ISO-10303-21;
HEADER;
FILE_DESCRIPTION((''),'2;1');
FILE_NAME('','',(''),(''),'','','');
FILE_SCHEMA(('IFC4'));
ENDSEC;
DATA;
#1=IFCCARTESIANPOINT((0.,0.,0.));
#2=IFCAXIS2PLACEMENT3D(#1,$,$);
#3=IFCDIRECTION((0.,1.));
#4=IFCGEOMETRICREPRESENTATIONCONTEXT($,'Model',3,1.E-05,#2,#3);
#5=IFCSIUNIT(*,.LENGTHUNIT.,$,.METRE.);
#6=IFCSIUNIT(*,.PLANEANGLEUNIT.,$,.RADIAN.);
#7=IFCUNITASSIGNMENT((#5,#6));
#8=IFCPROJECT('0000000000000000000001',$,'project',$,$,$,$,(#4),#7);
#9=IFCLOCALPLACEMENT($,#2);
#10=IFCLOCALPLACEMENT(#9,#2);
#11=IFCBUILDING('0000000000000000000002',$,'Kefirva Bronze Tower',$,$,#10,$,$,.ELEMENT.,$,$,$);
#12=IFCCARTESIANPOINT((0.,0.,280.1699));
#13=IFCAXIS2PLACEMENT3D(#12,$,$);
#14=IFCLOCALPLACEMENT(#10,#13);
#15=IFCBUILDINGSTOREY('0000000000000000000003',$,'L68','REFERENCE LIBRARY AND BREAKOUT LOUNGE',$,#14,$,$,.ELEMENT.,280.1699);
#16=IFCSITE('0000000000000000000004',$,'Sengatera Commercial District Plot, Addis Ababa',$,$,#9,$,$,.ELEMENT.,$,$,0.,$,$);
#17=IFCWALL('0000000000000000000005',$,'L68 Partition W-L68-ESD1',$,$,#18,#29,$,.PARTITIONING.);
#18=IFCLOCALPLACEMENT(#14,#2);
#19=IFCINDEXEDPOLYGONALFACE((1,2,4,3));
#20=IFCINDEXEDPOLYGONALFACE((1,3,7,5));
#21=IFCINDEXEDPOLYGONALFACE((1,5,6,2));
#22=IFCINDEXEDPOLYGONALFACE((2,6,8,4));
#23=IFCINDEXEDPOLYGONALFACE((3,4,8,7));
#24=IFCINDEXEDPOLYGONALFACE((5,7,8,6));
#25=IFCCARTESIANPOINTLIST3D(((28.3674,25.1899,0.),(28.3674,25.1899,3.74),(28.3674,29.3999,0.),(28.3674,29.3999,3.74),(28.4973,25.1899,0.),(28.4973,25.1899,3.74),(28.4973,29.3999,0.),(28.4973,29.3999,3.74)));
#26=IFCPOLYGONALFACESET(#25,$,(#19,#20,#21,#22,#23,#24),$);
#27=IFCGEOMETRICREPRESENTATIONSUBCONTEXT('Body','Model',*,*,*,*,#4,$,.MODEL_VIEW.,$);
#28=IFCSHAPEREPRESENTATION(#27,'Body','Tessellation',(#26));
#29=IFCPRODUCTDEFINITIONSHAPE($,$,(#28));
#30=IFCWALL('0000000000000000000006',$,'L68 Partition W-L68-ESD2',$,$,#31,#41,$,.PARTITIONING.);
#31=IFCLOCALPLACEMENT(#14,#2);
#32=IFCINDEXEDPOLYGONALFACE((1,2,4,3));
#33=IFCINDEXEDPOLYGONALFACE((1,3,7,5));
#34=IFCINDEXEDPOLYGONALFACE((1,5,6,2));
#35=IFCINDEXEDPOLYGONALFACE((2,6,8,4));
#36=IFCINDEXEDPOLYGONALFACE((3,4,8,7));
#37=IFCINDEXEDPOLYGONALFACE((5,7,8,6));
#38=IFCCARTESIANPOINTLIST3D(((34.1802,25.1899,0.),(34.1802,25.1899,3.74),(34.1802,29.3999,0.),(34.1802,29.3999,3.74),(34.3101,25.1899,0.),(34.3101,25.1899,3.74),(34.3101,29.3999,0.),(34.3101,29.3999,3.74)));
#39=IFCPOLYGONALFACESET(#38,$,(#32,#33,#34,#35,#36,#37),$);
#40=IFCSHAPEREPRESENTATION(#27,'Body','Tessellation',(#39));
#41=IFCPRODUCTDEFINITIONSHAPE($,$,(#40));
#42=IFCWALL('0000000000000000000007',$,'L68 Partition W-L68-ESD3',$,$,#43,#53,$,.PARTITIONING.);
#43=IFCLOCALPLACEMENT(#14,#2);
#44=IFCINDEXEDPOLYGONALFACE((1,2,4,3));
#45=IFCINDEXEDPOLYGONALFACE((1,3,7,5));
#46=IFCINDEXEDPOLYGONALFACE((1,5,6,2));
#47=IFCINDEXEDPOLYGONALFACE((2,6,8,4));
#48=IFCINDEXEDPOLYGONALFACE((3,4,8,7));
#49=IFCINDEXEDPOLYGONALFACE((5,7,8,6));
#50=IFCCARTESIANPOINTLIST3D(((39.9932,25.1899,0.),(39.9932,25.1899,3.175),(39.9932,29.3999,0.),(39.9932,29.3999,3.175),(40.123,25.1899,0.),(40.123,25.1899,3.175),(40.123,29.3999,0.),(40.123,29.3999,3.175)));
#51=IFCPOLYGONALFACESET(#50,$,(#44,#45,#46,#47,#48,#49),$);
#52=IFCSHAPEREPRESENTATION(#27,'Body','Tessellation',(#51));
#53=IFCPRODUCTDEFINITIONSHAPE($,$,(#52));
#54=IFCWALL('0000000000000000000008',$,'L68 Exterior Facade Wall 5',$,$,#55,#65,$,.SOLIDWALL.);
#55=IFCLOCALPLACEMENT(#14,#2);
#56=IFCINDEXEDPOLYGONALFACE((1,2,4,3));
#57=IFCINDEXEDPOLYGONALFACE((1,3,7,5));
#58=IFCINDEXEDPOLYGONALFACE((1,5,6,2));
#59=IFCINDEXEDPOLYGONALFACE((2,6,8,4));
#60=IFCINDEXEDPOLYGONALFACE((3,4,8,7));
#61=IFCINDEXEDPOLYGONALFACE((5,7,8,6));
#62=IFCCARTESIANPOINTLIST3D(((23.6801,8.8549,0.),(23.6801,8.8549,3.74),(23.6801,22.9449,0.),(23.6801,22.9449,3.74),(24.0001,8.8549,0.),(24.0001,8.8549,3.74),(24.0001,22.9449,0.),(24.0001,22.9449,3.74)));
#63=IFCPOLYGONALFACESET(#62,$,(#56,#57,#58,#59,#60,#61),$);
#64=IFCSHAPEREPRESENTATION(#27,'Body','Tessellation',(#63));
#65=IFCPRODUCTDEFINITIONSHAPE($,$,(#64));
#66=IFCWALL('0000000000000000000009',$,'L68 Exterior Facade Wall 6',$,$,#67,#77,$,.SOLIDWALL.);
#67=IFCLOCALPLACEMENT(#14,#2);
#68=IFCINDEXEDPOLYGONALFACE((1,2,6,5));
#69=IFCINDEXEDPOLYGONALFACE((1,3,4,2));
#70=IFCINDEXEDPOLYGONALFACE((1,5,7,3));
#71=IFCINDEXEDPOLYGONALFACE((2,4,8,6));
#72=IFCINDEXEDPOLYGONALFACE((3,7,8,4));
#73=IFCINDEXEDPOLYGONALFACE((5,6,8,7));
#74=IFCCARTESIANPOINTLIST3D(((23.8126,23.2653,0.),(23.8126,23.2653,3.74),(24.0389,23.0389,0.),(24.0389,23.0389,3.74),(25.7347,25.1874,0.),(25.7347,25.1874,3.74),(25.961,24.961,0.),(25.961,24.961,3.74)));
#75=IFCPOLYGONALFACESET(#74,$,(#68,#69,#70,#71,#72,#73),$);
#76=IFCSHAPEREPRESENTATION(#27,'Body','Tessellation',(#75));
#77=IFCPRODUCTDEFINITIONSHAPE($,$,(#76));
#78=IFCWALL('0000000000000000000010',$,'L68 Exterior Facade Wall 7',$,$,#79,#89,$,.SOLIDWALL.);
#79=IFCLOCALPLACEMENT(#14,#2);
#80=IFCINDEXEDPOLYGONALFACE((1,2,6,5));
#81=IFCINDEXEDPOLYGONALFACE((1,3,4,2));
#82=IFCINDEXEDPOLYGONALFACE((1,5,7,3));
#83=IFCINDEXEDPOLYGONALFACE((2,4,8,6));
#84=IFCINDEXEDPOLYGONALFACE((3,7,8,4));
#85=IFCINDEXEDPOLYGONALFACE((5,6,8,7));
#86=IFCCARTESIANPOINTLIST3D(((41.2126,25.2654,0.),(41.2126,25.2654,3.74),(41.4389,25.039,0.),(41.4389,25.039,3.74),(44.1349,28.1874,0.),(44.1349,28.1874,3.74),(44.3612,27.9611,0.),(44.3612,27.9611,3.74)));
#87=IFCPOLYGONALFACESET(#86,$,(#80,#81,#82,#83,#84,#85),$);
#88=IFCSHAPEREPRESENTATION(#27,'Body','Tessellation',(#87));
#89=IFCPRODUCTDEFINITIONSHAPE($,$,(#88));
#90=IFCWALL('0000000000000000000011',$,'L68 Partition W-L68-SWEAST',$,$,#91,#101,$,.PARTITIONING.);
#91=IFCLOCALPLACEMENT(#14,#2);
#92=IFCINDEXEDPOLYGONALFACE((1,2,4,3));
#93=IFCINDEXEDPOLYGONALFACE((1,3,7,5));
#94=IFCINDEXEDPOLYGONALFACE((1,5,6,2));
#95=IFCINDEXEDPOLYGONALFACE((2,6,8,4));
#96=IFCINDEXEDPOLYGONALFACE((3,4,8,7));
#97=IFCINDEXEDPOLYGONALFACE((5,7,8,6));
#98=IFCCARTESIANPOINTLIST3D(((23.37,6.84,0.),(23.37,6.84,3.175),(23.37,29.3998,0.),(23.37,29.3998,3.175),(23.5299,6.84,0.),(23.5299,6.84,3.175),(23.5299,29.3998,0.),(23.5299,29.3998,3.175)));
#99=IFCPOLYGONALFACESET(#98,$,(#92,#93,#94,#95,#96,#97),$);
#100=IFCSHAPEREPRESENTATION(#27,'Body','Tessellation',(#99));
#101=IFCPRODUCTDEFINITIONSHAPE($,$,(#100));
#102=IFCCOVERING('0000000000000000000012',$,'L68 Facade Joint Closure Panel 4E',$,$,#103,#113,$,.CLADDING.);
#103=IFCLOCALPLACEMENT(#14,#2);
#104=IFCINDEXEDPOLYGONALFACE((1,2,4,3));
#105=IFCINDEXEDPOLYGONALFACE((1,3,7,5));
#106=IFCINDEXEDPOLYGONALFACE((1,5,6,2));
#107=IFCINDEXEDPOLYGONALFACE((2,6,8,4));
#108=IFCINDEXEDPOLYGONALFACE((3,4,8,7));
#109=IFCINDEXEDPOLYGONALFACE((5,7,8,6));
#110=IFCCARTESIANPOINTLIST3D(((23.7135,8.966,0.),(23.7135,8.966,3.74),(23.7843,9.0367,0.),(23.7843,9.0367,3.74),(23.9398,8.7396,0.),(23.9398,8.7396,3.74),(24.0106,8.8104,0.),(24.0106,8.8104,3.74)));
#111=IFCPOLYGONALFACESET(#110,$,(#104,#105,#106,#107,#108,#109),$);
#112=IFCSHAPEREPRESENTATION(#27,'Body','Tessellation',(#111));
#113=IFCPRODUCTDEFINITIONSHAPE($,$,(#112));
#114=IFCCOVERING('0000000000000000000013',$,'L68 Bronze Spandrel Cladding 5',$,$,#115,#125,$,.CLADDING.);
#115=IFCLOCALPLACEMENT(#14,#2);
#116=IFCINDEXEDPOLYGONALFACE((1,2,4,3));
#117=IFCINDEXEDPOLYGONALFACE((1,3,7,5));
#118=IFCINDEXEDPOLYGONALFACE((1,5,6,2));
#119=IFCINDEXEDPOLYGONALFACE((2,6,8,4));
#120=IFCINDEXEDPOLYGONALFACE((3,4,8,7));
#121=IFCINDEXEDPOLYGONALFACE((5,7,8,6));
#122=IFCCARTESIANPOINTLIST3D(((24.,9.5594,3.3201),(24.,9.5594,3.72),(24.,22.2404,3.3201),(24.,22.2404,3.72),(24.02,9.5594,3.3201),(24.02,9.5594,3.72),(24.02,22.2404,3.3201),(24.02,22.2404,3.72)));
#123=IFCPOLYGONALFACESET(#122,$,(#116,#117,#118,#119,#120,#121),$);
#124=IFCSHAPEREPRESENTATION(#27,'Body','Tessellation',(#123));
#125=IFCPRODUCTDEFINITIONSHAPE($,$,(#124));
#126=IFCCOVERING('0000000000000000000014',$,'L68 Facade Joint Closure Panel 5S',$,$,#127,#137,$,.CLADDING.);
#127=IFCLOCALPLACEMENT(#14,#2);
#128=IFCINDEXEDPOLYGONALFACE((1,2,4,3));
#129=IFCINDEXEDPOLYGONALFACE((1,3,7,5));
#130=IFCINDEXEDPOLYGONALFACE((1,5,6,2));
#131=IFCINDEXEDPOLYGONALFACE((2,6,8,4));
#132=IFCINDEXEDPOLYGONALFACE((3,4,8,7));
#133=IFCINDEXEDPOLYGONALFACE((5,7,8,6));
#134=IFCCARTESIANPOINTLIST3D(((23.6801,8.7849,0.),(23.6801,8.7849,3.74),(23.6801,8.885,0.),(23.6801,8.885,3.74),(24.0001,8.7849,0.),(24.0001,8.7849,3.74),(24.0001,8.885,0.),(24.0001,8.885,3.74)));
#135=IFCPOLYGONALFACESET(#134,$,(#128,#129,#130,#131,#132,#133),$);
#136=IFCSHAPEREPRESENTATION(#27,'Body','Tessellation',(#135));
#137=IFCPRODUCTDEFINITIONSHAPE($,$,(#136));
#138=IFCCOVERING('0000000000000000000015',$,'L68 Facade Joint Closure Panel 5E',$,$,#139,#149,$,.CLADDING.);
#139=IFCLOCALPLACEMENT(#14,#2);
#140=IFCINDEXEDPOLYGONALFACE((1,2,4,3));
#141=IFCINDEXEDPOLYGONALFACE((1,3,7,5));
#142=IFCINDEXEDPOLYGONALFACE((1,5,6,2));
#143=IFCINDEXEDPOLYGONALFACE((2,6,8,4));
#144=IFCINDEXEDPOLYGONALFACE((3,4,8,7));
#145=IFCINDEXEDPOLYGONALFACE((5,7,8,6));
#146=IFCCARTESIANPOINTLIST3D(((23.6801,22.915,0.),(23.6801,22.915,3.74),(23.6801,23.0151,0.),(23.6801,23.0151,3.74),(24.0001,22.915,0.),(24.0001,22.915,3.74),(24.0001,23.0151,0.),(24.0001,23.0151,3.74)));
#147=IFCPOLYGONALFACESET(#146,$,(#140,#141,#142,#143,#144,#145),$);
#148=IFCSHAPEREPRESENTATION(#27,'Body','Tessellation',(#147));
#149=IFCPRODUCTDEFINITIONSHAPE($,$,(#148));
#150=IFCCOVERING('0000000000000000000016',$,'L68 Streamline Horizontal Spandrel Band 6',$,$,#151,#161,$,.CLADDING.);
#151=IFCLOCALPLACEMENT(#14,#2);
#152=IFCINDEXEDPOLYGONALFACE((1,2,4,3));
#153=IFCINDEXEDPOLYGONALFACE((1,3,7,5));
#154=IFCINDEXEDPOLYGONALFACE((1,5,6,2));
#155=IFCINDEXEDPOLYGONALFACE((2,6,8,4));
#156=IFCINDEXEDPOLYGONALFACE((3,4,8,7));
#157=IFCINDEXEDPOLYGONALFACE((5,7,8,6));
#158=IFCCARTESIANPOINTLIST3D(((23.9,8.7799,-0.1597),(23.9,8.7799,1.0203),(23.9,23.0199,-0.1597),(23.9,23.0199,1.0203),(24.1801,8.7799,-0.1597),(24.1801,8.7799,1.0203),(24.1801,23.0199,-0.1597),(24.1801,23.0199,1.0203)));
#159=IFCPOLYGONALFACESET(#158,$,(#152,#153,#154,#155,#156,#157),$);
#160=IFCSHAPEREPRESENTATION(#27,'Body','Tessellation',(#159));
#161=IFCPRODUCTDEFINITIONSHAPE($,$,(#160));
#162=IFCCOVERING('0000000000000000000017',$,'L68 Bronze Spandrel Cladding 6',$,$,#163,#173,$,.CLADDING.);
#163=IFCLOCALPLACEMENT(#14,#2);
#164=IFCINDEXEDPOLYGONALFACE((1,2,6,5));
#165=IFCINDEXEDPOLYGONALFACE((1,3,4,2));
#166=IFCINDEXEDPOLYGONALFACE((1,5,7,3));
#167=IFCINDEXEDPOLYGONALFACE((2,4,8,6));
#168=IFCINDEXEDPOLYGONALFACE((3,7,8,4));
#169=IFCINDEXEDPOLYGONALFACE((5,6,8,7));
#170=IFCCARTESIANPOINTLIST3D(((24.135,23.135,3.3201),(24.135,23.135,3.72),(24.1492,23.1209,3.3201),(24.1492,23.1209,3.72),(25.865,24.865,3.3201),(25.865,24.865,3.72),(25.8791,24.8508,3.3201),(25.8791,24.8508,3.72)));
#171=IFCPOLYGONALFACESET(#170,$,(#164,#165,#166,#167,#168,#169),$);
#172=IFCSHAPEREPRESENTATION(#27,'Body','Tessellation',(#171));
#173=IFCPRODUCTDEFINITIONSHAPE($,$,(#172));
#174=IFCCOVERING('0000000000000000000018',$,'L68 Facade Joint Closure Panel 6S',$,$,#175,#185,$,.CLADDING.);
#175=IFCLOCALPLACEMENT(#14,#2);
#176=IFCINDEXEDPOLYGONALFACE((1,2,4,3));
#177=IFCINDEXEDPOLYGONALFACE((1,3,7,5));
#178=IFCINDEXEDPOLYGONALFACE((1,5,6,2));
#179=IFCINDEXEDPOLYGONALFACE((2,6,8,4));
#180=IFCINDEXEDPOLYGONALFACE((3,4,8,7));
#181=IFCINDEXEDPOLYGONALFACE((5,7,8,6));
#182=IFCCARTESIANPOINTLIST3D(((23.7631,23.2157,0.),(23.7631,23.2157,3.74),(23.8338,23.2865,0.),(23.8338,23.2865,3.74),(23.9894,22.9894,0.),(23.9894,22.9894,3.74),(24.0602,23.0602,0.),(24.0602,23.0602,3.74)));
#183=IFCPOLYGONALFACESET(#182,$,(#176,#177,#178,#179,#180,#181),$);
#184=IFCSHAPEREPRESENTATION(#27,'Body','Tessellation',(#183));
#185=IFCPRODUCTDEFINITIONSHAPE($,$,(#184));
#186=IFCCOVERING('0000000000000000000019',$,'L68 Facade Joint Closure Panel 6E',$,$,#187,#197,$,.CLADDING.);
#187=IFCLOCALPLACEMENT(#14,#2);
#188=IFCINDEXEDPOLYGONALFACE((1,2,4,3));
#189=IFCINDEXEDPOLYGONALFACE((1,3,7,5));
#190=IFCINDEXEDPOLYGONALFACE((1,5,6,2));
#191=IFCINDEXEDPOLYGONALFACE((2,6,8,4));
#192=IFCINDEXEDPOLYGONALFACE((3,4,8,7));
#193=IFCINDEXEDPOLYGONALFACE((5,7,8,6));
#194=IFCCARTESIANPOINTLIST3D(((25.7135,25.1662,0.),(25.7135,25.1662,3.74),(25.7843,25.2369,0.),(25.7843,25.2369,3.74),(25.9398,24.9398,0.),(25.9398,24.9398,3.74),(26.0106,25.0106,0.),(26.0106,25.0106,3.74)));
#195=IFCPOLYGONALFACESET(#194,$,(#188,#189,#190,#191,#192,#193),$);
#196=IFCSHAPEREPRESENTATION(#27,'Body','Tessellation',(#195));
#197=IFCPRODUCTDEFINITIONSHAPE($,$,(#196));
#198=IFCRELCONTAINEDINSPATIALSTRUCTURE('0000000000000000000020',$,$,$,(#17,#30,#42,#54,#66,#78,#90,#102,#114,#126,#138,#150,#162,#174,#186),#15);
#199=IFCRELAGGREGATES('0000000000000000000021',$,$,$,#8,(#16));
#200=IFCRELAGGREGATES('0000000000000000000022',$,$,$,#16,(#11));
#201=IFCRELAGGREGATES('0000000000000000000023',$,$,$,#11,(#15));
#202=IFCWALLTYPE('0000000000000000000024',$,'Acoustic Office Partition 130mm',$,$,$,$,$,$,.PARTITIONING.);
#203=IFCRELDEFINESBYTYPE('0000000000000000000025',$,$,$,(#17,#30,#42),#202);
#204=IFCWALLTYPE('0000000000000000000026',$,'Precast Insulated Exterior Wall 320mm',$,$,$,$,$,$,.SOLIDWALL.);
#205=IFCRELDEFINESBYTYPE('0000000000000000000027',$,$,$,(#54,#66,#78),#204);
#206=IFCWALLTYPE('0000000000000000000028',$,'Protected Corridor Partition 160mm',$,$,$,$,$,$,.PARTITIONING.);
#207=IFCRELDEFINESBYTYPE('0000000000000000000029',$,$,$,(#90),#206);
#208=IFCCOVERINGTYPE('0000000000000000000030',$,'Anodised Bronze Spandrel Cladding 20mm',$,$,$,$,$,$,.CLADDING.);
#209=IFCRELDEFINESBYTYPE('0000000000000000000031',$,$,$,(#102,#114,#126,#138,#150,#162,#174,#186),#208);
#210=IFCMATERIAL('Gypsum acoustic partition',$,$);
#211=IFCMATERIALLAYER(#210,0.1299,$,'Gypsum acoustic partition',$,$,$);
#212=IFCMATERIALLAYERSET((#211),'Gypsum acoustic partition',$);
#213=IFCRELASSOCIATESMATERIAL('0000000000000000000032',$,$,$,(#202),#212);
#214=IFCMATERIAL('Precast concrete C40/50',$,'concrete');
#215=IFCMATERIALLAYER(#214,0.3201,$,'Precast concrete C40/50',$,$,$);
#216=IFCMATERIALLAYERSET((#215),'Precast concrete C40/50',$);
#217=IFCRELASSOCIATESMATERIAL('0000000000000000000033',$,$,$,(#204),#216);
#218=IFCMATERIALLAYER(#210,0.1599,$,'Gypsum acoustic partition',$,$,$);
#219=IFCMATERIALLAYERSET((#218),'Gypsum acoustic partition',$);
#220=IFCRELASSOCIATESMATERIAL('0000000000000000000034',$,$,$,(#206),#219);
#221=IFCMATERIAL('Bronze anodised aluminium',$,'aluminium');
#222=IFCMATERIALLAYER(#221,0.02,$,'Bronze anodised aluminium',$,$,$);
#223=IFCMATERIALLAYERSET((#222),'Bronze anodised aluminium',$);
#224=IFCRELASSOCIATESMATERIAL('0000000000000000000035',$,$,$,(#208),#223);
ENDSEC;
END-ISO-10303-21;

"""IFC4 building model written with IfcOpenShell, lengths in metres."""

from ifc_helpers import new_model, si_unit, direction, frame, frame_2d, origin, origin_2d, place, context, subcontext, project, spatial, rectangle, extrude, material, layer, layer_set, type_object, element, save


model = new_model("IFC4")

# Units and contexts
model_context = context("Model", 3, precision=1e-05, world=origin(), true_north=direction((0.0, 1.0)))
body_context = subcontext(model_context, "Body", "Model", "MODEL_VIEW")
ifc_project = project(units=[si_unit("LENGTHUNIT", "METRE"), si_unit("PLANEANGLEUNIT", "RADIAN")], contexts=[model_context])

# Site, building, storey
site_placement = place(None, origin())
site = spatial("IfcSite", under=ifc_project, at=site_placement, Name="Sengatera Commercial District Plot, Addis Ababa", CompositionType="ELEMENT", RefElevation=0.0)
building_placement = place(site_placement, origin())
building = spatial("IfcBuilding", under=site, at=building_placement, Name="Kefirva Bronze Tower", CompositionType="ELEMENT")
storey_placement = place(building_placement, frame((0.0, 0.0, 280.1699)))
storey = spatial("IfcBuildingStorey", under=building, at=storey_placement, Name="L68", Description="REFERENCE LIBRARY AND BREAKOUT LOUNGE", CompositionType="ELEMENT", Elevation=280.1699)

# Shared definitions
ifc_material_1 = material(Name="Bronze anodised aluminium", Category="aluminium")

# Walls
ifc_material_2 = material(Name="Gypsum acoustic partition")
ifc_layer_1 = layer(ifc_material_2, 0.1299, Name="Gypsum acoustic partition")
ifc_layer_set_1 = layer_set([ifc_layer_1], Name="Gypsum acoustic partition")
wall_type_1 = type_object("IfcWallType", Name="Acoustic Office Partition 130mm", PredefinedType="PARTITIONING", material=ifc_layer_set_1)
for number, where, z_axis, x_axis, name in (
    (1, (28.4324, 25.1899, 0.0), (0.0, 0.0, 1.0), (0.0, 1.0, 0.0), "L68 Partition W-L68-ESD1"),
    (2, (34.2451, 25.1899, 0.0), (0.0, 0.0, 1.0), (0.0, 1.0, 0.0), "L68 Partition W-L68-ESD2"),
):
    element("IfcWall", number, at=place(storey_placement, frame(where, z_axis=z_axis, x_axis=x_axis)), inside=storey, type_object=wall_type_1, Name=name, PredefinedType="PARTITIONING", context=body_context, shape_type="SweptSolid", body=[
        extrude(rectangle(XDim=4.21, YDim=0.1299, at=frame_2d((2.105, 0.0))), origin(), (0.0, 0.0, 1.0), 3.74),
    ])
wall_1_placement = place(storey_placement, frame((40.0581, 25.1899, 0.0), z_axis=(0.0, 0.0, 1.0), x_axis=(0.0, 1.0, 0.0)))
element("IfcWall", 3, at=wall_1_placement, inside=storey, type_object=wall_type_1, Name="L68 Partition W-L68-ESD3", PredefinedType="PARTITIONING", context=body_context, shape_type="SweptSolid", body=[
    extrude(rectangle(XDim=4.21, YDim=0.1299, at=frame_2d((2.105, 0.0))), origin(), (0.0, 0.0, 1.0), 3.175),
])
ifc_material_3 = material(Name="Precast concrete C40/50", Category="concrete")
ifc_layer_2 = layer(ifc_material_3, 0.3201, Name="Precast concrete C40/50")
ifc_layer_set_2 = layer_set([ifc_layer_2], Name="Precast concrete C40/50")
wall_type_2 = type_object("IfcWallType", Name="Precast Insulated Exterior Wall 320mm", PredefinedType="SOLIDWALL", material=ifc_layer_set_2)
wall_2_placement = place(storey_placement, frame((23.8401, 8.855, 0.0), z_axis=(0.0, 0.0, 1.0), x_axis=(0.0, 1.0, 0.0)))
element("IfcWall", 4, at=wall_2_placement, inside=storey, type_object=wall_type_2, Name="L68 Exterior Facade Wall 5", PredefinedType="SOLIDWALL", context=body_context, shape_type="SweptSolid", body=[
    extrude(rectangle(XDim=14.0901, YDim=0.3201, at=frame_2d((7.0449, 0.0))), origin(), (0.0, 0.0, 1.0), 3.74),
])
wall_3_placement = place(storey_placement, frame((23.9258, 23.1521, 0.0), z_axis=(0.0, 0.0, 1.0), x_axis=(0.707107, 0.707107, 0.0)))
element("IfcWall", 5, at=wall_3_placement, inside=storey, type_object=wall_type_2, Name="L68 Exterior Facade Wall 6", PredefinedType="SOLIDWALL", context=body_context, shape_type="SweptSolid", body=[
    extrude(rectangle(XDim=2.7183, YDim=0.3201, at=frame_2d((1.3591, 0.0))), origin(), (0.0, 0.0, 1.0), 3.74),
])
wall_4_placement = place(storey_placement, frame((41.3257, 25.1521, 0.0), z_axis=(0.0, 0.0, 1.0), x_axis=(0.707136, 0.707077, 0.0)))
element("IfcWall", 6, at=wall_4_placement, inside=storey, type_object=wall_type_2, Name="L68 Exterior Facade Wall 7", PredefinedType="SOLIDWALL", context=body_context, shape_type="SweptSolid", body=[
    extrude(rectangle(XDim=4.1326, YDim=0.3201, at=frame_2d((2.0664, 0.0))), origin(), (0.0, 0.0, 1.0), 3.74),
])
ifc_layer_3 = layer(ifc_material_2, 0.1599, Name="Gypsum acoustic partition")
ifc_layer_set_3 = layer_set([ifc_layer_3], Name="Gypsum acoustic partition")
wall_type_3 = type_object("IfcWallType", Name="Protected Corridor Partition 160mm", PredefinedType="PARTITIONING", material=ifc_layer_set_3)
wall_5_placement = place(storey_placement, frame((23.45, 6.8401, 0.0), z_axis=(0.0, 0.0, 1.0), x_axis=(0.0, 1.0, 0.0)))
element("IfcWall", 7, at=wall_5_placement, inside=storey, type_object=wall_type_3, Name="L68 Partition W-L68-SWEAST", PredefinedType="PARTITIONING", context=body_context, shape_type="SweptSolid", body=[
    extrude(rectangle(XDim=22.5598, YDim=0.1599, at=frame_2d((11.2798, 0.0))), origin(), (0.0, 0.0, 1.0), 3.175),
])

# Coverings
ifc_layer_4 = layer(ifc_material_1, 0.02, Name="Bronze anodised aluminium")
ifc_layer_set_4 = layer_set([ifc_layer_4], Name="Bronze anodised aluminium")
covering_type_1 = type_object("IfcCoveringType", Name="Anodised Bronze Spandrel Cladding 20mm", PredefinedType="CLADDING", material=ifc_layer_set_4)
covering_1_placement = place(storey_placement, frame((23.8621, 8.8882, 0.0), z_axis=(0.0, 0.0, 1.0), x_axis=(0.707107, 0.707107, 0.0)))
element("IfcCovering", 8, at=covering_1_placement, inside=storey, type_object=covering_type_1, Name="L68 Facade Joint Closure Panel 4E", PredefinedType="CLADDING", context=body_context, shape_type="SweptSolid", body=[
    extrude(rectangle(XDim=0.1001, YDim=0.3201, at=origin_2d()), origin(), (0.0, 0.0, 1.0), 3.74),
])
covering_2_placement = place(storey_placement, frame((24.01, 15.8999, 3.3201), z_axis=(0.0, 0.0, 1.0), x_axis=(0.0, 1.0, 0.0)))
element("IfcCovering", 9, at=covering_2_placement, inside=storey, type_object=covering_type_1, Name="L68 Bronze Spandrel Cladding 5", PredefinedType="CLADDING", context=body_context, shape_type="SweptSolid", body=[
    extrude(rectangle(XDim=12.6809, YDim=0.02, at=origin_2d()), origin(), (0.0, 0.0, 1.0), 0.3999),
])
for number, where, z_axis, x_axis, name in (
    (10, (23.8401, 8.835, 0.0), (0.0, 0.0, 1.0), (0.0, 1.0, 0.0), "L68 Facade Joint Closure Panel 5S"),
    (11, (23.8401, 22.9651, 0.0), (0.0, 0.0, 1.0), (0.0, 1.0, 0.0), "L68 Facade Joint Closure Panel 5E"),
):
    element("IfcCovering", number, at=place(storey_placement, frame(where, z_axis=z_axis, x_axis=x_axis)), inside=storey, type_object=covering_type_1, Name=name, PredefinedType="CLADDING", context=body_context, shape_type="SweptSolid", body=[
        extrude(rectangle(XDim=0.1001, YDim=0.3201, at=origin_2d()), origin(), (0.0, 0.0, 1.0), 3.74),
    ])
covering_3_placement = place(storey_placement, frame((24.04, 15.8999, -0.1597), z_axis=(0.0, 0.0, 1.0), x_axis=(0.0, 1.0, 0.0)))
element("IfcCovering", 12, at=covering_3_placement, inside=storey, type_object=covering_type_1, Name="L68 Streamline Horizontal Spandrel Band 6", PredefinedType="CLADDING", context=body_context, shape_type="SweptSolid", body=[
    extrude(rectangle(XDim=14.24, YDim=0.28, at=origin_2d()), origin(), (0.0, 0.0, 1.0), 1.1799),
])
covering_4_placement = place(storey_placement, frame((25.0071, 23.9929, 3.3201), z_axis=(0.0, 0.0, 1.0), x_axis=(0.707107, 0.707107, 0.0)))
element("IfcCovering", 13, at=covering_4_placement, inside=storey, type_object=covering_type_1, Name="L68 Bronze Spandrel Cladding 6", PredefinedType="CLADDING", context=body_context, shape_type="SweptSolid", body=[
    extrude(rectangle(XDim=2.4465, YDim=0.02, at=origin_2d()), origin(), (0.0, 0.0, 1.0), 0.3999),
])
for number, where, z_axis, x_axis, name in (
    (14, (23.9116, 23.1379, 0.0), (0.0, 0.0, 1.0), (0.707107, 0.707107, 0.0), "L68 Facade Joint Closure Panel 6S"),
    (15, (25.8621, 25.0884, 0.0), (0.0, 0.0, 1.0), (0.707107, 0.707107, 0.0), "L68 Facade Joint Closure Panel 6E"),
):
    element("IfcCovering", number, at=place(storey_placement, frame(where, z_axis=z_axis, x_axis=x_axis)), inside=storey, type_object=covering_type_1, Name=name, PredefinedType="CLADDING", context=body_context, shape_type="SweptSolid", body=[
        extrude(rectangle(XDim=0.1001, YDim=0.3201, at=origin_2d()), origin(), (0.0, 0.0, 1.0), 3.74),
    ])

save(model, "model.ifc")
